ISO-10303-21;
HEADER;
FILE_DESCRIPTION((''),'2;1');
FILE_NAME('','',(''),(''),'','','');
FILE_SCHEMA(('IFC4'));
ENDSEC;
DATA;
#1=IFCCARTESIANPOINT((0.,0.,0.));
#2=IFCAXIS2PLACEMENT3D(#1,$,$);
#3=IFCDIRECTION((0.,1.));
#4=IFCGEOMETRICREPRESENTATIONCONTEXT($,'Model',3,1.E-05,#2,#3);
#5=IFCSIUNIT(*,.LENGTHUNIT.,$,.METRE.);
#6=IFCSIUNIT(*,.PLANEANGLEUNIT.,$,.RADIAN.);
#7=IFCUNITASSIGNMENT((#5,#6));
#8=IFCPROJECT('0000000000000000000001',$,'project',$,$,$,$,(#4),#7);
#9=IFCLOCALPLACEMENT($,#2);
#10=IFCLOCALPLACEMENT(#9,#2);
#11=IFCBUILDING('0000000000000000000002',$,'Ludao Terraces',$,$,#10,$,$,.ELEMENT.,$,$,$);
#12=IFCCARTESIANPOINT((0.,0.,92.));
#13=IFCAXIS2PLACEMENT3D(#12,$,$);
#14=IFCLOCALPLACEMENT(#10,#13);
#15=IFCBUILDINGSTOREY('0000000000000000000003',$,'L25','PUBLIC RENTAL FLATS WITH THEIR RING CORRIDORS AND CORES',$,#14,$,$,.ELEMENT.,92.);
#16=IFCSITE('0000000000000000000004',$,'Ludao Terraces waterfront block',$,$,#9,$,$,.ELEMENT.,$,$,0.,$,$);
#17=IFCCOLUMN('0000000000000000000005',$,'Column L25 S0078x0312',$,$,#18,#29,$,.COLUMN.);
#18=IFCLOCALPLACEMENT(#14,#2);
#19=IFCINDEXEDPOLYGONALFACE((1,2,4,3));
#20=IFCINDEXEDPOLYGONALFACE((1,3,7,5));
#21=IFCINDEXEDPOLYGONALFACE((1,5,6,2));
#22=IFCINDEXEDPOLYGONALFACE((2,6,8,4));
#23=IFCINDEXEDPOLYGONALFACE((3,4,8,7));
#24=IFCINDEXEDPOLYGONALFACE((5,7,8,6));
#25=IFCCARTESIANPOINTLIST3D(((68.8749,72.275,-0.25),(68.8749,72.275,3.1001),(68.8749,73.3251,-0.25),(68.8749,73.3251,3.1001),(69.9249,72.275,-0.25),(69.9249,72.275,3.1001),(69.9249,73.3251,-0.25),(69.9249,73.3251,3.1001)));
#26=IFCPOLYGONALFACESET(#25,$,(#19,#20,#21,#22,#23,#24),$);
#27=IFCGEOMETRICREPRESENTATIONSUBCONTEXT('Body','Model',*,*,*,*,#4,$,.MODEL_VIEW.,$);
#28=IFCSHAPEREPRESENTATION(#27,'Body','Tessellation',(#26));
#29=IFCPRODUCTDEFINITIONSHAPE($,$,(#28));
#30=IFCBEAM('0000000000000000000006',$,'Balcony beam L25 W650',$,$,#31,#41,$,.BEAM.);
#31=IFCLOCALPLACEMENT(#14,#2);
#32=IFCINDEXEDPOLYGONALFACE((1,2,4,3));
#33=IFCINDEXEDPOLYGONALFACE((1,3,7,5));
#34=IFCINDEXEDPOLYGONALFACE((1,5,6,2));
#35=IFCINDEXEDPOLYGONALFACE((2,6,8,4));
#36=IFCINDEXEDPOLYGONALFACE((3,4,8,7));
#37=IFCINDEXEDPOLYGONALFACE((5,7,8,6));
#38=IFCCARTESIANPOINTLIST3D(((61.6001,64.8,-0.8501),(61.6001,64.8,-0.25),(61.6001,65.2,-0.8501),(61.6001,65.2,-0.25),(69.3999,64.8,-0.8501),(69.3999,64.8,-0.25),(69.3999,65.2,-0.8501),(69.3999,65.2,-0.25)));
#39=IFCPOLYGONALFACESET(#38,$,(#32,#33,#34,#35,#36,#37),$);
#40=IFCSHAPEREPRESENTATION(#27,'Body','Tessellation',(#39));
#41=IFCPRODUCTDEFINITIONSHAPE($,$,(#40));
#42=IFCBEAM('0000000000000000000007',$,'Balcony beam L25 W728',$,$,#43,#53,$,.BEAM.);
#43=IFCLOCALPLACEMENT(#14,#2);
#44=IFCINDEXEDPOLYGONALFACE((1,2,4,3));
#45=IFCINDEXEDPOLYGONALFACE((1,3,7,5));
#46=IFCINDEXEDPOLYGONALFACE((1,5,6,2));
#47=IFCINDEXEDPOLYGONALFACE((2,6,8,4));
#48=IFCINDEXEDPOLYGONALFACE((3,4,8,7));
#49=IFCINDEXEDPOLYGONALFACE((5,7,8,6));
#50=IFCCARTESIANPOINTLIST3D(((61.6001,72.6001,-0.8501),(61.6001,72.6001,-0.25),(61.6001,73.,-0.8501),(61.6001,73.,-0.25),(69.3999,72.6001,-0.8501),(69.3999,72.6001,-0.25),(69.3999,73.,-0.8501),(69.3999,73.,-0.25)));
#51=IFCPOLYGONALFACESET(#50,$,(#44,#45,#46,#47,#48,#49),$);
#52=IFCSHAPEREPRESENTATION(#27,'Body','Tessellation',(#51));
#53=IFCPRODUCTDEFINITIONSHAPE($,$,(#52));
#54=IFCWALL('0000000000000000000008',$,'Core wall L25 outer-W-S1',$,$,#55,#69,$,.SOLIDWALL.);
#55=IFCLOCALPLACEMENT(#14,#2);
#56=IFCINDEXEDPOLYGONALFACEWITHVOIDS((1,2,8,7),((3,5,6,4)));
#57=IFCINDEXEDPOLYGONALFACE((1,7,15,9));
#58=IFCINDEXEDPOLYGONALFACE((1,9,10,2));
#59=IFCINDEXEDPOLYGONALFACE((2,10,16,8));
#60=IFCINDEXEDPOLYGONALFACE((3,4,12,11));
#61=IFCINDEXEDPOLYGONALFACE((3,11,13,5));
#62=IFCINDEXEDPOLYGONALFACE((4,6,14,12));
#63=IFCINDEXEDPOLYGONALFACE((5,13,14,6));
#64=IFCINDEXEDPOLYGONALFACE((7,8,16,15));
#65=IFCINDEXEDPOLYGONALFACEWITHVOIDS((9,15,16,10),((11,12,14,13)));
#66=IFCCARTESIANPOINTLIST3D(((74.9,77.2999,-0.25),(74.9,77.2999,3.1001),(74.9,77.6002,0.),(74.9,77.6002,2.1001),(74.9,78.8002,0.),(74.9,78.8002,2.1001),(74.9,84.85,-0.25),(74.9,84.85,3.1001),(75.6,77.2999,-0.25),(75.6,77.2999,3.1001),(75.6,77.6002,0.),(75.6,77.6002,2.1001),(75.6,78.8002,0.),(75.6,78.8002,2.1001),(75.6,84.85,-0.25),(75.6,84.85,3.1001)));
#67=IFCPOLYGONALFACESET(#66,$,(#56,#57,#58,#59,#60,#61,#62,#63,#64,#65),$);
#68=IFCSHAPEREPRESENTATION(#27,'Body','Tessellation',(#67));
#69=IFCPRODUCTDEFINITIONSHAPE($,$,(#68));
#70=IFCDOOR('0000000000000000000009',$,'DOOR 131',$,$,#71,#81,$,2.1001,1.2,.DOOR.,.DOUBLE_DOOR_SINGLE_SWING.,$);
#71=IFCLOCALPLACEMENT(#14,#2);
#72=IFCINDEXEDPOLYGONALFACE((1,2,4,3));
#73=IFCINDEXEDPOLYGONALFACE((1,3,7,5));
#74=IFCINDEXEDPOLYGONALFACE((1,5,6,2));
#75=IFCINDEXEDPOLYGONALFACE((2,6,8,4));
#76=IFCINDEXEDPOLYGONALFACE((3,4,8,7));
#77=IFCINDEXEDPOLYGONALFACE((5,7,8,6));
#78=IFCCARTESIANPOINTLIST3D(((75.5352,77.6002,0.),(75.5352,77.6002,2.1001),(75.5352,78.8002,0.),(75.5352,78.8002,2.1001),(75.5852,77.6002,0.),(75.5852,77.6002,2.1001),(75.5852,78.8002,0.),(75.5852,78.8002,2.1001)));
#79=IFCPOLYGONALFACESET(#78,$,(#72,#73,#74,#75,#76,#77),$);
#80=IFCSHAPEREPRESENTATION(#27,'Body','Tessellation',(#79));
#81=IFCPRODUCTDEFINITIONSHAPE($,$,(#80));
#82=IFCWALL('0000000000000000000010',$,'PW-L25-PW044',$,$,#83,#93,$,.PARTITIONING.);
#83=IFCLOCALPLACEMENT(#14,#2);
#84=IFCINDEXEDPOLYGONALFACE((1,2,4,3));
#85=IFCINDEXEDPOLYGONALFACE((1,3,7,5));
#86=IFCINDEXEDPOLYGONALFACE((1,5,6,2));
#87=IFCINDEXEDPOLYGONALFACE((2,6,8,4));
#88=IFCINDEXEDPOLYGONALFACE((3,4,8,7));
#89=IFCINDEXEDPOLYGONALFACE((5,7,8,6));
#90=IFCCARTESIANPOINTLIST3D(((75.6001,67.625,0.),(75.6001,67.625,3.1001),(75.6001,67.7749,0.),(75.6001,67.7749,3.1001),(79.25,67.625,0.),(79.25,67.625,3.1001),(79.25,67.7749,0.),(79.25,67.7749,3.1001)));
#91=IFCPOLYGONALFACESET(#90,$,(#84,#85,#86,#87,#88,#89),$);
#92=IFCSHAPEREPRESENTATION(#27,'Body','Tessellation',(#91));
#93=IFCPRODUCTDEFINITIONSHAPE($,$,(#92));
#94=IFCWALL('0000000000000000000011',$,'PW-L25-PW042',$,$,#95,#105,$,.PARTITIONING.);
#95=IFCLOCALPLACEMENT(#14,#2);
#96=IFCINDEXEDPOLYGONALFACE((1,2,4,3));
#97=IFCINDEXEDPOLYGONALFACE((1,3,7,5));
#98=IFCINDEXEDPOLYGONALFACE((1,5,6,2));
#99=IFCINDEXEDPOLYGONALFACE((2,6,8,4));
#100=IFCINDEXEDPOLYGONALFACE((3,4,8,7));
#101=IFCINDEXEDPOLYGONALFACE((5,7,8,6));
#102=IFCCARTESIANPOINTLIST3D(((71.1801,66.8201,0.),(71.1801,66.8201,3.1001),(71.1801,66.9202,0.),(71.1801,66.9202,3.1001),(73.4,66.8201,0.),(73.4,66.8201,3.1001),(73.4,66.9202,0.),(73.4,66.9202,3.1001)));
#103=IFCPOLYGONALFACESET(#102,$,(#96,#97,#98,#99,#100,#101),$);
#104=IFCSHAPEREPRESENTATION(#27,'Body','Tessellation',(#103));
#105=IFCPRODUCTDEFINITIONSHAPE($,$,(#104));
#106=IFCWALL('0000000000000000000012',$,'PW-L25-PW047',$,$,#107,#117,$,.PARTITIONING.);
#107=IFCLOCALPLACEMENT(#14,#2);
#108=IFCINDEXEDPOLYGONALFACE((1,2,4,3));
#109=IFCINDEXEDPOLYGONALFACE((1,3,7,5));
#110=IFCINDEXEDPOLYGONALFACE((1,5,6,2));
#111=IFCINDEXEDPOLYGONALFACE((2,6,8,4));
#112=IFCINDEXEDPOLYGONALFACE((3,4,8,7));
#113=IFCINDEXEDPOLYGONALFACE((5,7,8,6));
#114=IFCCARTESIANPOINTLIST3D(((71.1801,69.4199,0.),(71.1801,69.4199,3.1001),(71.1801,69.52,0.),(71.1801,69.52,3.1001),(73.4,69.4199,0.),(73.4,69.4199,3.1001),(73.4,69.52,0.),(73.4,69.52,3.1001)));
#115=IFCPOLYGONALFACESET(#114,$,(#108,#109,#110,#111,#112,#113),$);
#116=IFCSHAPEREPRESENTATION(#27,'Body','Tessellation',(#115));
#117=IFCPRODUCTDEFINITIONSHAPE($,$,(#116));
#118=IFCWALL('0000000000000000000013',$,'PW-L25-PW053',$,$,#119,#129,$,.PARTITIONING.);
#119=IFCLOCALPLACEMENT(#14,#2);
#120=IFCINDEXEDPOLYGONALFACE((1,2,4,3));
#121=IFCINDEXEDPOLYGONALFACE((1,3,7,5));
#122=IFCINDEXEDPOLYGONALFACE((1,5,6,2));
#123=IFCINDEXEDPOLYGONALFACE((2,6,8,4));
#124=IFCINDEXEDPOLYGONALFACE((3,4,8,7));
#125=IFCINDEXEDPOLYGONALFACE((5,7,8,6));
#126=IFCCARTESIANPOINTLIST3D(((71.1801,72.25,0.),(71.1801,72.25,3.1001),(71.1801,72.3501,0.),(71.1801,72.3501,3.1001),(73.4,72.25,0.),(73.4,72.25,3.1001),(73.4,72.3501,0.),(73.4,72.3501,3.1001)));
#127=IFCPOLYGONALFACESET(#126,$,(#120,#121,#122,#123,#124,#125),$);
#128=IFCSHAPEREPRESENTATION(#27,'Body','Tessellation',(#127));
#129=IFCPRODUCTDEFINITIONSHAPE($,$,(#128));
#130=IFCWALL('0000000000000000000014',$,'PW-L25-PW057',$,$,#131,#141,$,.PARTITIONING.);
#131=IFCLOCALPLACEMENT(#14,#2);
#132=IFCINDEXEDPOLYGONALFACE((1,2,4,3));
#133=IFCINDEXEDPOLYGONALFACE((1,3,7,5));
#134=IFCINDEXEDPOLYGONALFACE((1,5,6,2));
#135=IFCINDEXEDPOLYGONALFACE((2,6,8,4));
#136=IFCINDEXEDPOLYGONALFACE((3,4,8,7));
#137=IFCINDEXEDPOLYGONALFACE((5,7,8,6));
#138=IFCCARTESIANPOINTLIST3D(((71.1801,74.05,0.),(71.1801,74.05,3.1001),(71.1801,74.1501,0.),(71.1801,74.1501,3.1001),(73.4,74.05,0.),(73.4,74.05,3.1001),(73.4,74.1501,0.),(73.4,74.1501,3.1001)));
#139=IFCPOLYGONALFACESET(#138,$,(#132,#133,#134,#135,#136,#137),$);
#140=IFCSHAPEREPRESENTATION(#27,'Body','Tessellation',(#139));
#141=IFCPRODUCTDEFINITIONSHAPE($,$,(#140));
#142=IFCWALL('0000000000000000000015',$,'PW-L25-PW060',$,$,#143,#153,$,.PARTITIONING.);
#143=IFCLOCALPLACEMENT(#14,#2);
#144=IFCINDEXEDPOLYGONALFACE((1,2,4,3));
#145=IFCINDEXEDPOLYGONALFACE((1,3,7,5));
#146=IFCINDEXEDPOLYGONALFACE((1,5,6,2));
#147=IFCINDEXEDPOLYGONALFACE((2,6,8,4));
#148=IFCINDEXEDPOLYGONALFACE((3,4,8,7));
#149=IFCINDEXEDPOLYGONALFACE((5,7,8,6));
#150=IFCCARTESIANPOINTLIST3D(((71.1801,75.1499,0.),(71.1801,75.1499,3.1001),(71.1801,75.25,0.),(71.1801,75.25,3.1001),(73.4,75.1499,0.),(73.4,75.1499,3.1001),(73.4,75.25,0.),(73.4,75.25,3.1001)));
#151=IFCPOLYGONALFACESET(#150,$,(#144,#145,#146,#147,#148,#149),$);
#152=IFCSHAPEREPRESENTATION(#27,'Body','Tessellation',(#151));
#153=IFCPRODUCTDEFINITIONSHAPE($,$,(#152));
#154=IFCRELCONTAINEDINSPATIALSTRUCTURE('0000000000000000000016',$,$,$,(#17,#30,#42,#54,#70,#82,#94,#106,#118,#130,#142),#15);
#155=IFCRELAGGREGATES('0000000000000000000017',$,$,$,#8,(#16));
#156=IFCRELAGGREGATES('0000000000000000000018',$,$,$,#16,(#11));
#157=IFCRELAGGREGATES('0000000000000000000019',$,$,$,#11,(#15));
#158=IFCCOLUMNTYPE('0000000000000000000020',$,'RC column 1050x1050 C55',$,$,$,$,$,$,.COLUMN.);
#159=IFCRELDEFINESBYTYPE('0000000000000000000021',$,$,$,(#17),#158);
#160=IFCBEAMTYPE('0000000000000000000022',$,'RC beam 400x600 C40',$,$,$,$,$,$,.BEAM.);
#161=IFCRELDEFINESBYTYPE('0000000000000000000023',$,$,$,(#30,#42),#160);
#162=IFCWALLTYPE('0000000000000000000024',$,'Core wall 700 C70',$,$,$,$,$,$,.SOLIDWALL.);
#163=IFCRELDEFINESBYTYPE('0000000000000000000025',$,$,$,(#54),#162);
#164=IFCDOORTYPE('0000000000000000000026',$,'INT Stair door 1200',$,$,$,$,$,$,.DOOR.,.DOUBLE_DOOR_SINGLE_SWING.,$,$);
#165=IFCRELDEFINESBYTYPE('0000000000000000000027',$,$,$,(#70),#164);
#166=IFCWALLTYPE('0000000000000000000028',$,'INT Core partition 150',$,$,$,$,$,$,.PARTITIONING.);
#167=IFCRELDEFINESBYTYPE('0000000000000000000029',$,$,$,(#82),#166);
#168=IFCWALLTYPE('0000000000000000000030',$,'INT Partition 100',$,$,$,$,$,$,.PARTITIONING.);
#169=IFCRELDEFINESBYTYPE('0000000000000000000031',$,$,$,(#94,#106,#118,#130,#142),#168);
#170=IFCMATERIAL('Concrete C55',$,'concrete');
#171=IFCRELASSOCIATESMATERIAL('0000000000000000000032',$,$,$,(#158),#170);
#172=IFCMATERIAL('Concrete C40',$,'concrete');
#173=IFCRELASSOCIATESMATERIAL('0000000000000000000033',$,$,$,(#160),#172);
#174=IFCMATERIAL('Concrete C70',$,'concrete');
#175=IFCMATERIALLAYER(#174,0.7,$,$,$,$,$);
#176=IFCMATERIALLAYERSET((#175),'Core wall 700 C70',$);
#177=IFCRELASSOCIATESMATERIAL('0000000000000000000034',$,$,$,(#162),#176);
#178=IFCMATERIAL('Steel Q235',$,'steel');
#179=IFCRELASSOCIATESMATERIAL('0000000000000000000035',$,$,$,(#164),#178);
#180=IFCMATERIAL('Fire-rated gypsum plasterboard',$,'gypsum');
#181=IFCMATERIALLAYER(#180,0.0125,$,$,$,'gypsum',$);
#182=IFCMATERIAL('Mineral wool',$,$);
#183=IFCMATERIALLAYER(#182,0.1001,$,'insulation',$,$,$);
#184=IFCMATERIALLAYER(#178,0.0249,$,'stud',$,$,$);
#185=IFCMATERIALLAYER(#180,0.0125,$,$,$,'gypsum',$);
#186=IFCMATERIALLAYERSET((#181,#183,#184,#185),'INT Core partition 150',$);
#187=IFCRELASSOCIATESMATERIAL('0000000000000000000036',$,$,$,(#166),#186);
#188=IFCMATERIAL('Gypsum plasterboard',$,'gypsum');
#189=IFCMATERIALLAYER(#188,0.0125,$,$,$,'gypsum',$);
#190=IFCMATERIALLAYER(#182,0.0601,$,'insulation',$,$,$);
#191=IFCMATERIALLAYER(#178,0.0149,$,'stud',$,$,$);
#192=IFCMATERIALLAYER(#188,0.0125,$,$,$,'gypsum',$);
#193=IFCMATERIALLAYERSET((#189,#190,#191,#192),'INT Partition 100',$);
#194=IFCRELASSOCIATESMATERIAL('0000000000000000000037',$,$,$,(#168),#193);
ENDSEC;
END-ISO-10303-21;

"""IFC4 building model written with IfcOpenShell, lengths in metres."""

from ifc_helpers import new_model, si_unit, direction, frame, frame_2d, origin, origin_2d, place, context, subcontext, project, spatial, rectangle, extrude, material, layer, layer_set, material_profile, profile_set, type_object, element, fill, save


model = new_model("IFC4")

# Units and contexts
model_context = context("Model", 3, precision=1e-05, world=origin(), true_north=direction((0.0, 1.0)))
body_context = subcontext(model_context, "Body", "Model", "MODEL_VIEW")
ifc_project = project(units=[si_unit("LENGTHUNIT", "METRE"), si_unit("PLANEANGLEUNIT", "RADIAN")], contexts=[model_context])

# Site, building, storey
site_placement = place(None, origin())
site = spatial("IfcSite", under=ifc_project, at=site_placement, Name="Ludao Terraces waterfront block", CompositionType="ELEMENT", RefElevation=0.0)
building_placement = place(site_placement, origin())
building = spatial("IfcBuilding", under=site, at=building_placement, Name="Ludao Terraces", CompositionType="ELEMENT")
storey_placement = place(building_placement, frame((0.0, 0.0, 92.0)))
storey = spatial("IfcBuildingStorey", under=building, at=storey_placement, Name="L25", Description="PUBLIC RENTAL FLATS WITH THEIR RING CORRIDORS AND CORES", CompositionType="ELEMENT", Elevation=92.0)

# Column
ifc_material_1 = material(Name="Concrete C55", Category="concrete")
ifc_material_profile_1 = material_profile(ifc_material_1, rectangle(XDim=1.05, YDim=1.05, at=origin_2d()), Name="1050 X 1050")
ifc_profile_set_1 = profile_set([ifc_material_profile_1], Name="Concrete C55")
column_type = type_object("IfcColumnType", Name="RC column 1050x1050 C55", PredefinedType="COLUMN", material=ifc_profile_set_1)
column_placement = place(storey_placement, frame((69.3999, 72.8, -0.25), z_axis=(0.0, 0.0, 1.0), x_axis=(1.0, 0.0, 0.0)))
element("IfcColumn", 1, at=column_placement, inside=storey, type_object=column_type, Name="Column L25 S0078x0312", PredefinedType="COLUMN", context=body_context, shape_type="SweptSolid", body=[
    extrude(rectangle(XDim=1.05, YDim=1.05, at=origin_2d()), origin(), (0.0, 0.0, 1.0), 3.3501),
])

# Beams
ifc_material_2 = material(Name="Concrete C40", Category="concrete")
ifc_material_profile_2 = material_profile(ifc_material_2, rectangle(XDim=0.3999, YDim=0.6001, at=origin_2d()), Name="400 X 600")
ifc_profile_set_2 = profile_set([ifc_material_profile_2], Name="Concrete C40")
beam_type = type_object("IfcBeamType", Name="RC beam 400x600 C40", PredefinedType="BEAM", material=ifc_profile_set_2)
for number, where, z_axis, x_axis, name in (
    (2, (69.3999, 65.0, -0.55), (-1.0, 0.0, 0.0), (0.0, -1.0, 0.0), "Balcony beam L25 W650"),
    (3, (69.3999, 72.8, -0.55), (-1.0, 0.0, 0.0), (0.0, -1.0, 0.0), "Balcony beam L25 W728"),
):
    element("IfcBeam", number, at=place(storey_placement, frame(where, z_axis=z_axis, x_axis=x_axis)), inside=storey, type_object=beam_type, Name=name, PredefinedType="BEAM", context=body_context, shape_type="SweptSolid", body=[
        extrude(rectangle(XDim=0.3999, YDim=0.6001, at=origin_2d()), origin(), (0.0, 0.0, 1.0), 7.7998),
    ])

# Wall, opening, door
ifc_material_3 = material(Name="Concrete C70", Category="concrete")
ifc_layer_1 = layer(ifc_material_3, 0.7)
ifc_layer_set_1 = layer_set([ifc_layer_1], Name="Core wall 700 C70")
wall_type_1 = type_object("IfcWallType", Name="Core wall 700 C70", PredefinedType="SOLIDWALL", material=ifc_layer_set_1)
wall_1_placement = place(storey_placement, frame((75.25, 77.3, -0.25), z_axis=(0.0, 0.0, 1.0), x_axis=(0.0, 1.0, 0.0)))
wall_1 = element("IfcWall", 4, at=wall_1_placement, inside=storey, type_object=wall_type_1, Name="Core wall L25 outer-W-S1", PredefinedType="SOLIDWALL", context=body_context, shape_type="SweptSolid", body=[
    extrude(rectangle(XDim=7.55, YDim=0.7, at=frame_2d((3.7749, 0.0))), origin(), (0.0, 0.0, 1.0), 3.3501),
])
opening_1_placement = place(wall_1_placement, frame((0.3, 0.0, 0.25)))
opening_1 = element("IfcOpeningElement", 5, at=opening_1_placement, cuts=wall_1, PredefinedType="OPENING", context=body_context, shape_type="SweptSolid", body=[
    extrude(rectangle(XDim=1.2, YDim=2.1001, at=frame_2d((0.6001, 1.05))), frame((0.0, 0.3599, 0.0), z_axis=(0.0, -1.0, 0.0), x_axis=(1.0, 0.0, 0.0)), (0.0, 0.0, 1.0), 0.72),
])
ifc_material_4 = material(Name="Steel Q235", Category="steel")
door_type_1 = type_object("IfcDoorType", Name="INT Stair door 1200", OperationType="DOUBLE_DOOR_SINGLE_SWING", PredefinedType="DOOR", material=ifc_material_4)
door_1_placement = place(opening_1_placement, origin())
door_1 = element("IfcDoor", 6, at=door_1_placement, inside=storey, type_object=door_type_1, Name="DOOR 131", OperationType="DOUBLE_DOOR_SINGLE_SWING", OverallHeight=2.1001, OverallWidth=1.2, PredefinedType="DOOR", context=body_context, shape_type="SweptSolid", body=[
    extrude(rectangle(XDim=1.2, YDim=2.1001, at=frame_2d((0.6001, 1.05))), frame((0.0, -0.2852, 0.0), z_axis=(0.0, -1.0, 0.0), x_axis=(1.0, 0.0, 0.0)), (0.0, 0.0, 1.0), 0.05),
])
fill(opening_1, door_1)

# Walls
ifc_material_5 = material(Name="Fire-rated gypsum plasterboard", Category="gypsum")
ifc_layer_2 = layer(ifc_material_5, 0.0125, Category="gypsum")
ifc_material_6 = material(Name="Mineral wool")
ifc_layer_3 = layer(ifc_material_6, 0.1001, Name="insulation")
ifc_layer_4 = layer(ifc_material_4, 0.0249, Name="stud")
ifc_layer_5 = layer(ifc_material_5, 0.0125, Category="gypsum")
ifc_layer_set_2 = layer_set([ifc_layer_2, ifc_layer_3, ifc_layer_4, ifc_layer_5], Name="INT Core partition 150")
wall_type_2 = type_object("IfcWallType", Name="INT Core partition 150", PredefinedType="PARTITIONING", material=ifc_layer_set_2)
wall_2_placement = place(storey_placement, frame((75.6001, 67.7, 0.0), z_axis=(0.0, 0.0, 1.0), x_axis=(1.0, 0.0, 0.0)))
element("IfcWall", 7, at=wall_2_placement, inside=storey, type_object=wall_type_2, Name="PW-L25-PW044", PredefinedType="PARTITIONING", context=body_context, shape_type="SweptSolid", body=[
    extrude(rectangle(XDim=3.6499, YDim=0.1499, at=frame_2d((1.825, 0.0))), origin(), (0.0, 0.0, 1.0), 3.1001),
])
ifc_material_7 = material(Name="Gypsum plasterboard", Category="gypsum")
ifc_layer_6 = layer(ifc_material_7, 0.0125, Category="gypsum")
ifc_layer_7 = layer(ifc_material_6, 0.0601, Name="insulation")
ifc_layer_8 = layer(ifc_material_4, 0.0149, Name="stud")
ifc_layer_9 = layer(ifc_material_7, 0.0125, Category="gypsum")
ifc_layer_set_3 = layer_set([ifc_layer_6, ifc_layer_7, ifc_layer_8, ifc_layer_9], Name="INT Partition 100")
wall_type_3 = type_object("IfcWallType", Name="INT Partition 100", PredefinedType="PARTITIONING", material=ifc_layer_set_3)
for number, where, z_axis, x_axis, name in (
    (8, (71.1802, 66.8701, 0.0), (0.0, 0.0, 1.0), (1.0, 0.0, 0.0), "PW-L25-PW042"),
    (9, (71.1802, 69.47, 0.0), (0.0, 0.0, 1.0), (1.0, 0.0, 0.0), "PW-L25-PW047"),
    (10, (71.1802, 72.3, 0.0), (0.0, 0.0, 1.0), (1.0, 0.0, 0.0), "PW-L25-PW053"),
    (11, (71.1802, 74.1001, 0.0), (0.0, 0.0, 1.0), (1.0, 0.0, 0.0), "PW-L25-PW057"),
    (12, (71.1802, 75.2, 0.0), (0.0, 0.0, 1.0), (1.0, 0.0, 0.0), "PW-L25-PW060"),
):
    element("IfcWall", number, at=place(storey_placement, frame(where, z_axis=z_axis, x_axis=x_axis)), inside=storey, type_object=wall_type_3, Name=name, PredefinedType="PARTITIONING", context=body_context, shape_type="SweptSolid", body=[
        extrude(rectangle(XDim=2.22, YDim=0.1001, at=frame_2d((1.1099, 0.0))), origin(), (0.0, 0.0, 1.0), 3.1001),
    ])

save(model, "model.ifc")
